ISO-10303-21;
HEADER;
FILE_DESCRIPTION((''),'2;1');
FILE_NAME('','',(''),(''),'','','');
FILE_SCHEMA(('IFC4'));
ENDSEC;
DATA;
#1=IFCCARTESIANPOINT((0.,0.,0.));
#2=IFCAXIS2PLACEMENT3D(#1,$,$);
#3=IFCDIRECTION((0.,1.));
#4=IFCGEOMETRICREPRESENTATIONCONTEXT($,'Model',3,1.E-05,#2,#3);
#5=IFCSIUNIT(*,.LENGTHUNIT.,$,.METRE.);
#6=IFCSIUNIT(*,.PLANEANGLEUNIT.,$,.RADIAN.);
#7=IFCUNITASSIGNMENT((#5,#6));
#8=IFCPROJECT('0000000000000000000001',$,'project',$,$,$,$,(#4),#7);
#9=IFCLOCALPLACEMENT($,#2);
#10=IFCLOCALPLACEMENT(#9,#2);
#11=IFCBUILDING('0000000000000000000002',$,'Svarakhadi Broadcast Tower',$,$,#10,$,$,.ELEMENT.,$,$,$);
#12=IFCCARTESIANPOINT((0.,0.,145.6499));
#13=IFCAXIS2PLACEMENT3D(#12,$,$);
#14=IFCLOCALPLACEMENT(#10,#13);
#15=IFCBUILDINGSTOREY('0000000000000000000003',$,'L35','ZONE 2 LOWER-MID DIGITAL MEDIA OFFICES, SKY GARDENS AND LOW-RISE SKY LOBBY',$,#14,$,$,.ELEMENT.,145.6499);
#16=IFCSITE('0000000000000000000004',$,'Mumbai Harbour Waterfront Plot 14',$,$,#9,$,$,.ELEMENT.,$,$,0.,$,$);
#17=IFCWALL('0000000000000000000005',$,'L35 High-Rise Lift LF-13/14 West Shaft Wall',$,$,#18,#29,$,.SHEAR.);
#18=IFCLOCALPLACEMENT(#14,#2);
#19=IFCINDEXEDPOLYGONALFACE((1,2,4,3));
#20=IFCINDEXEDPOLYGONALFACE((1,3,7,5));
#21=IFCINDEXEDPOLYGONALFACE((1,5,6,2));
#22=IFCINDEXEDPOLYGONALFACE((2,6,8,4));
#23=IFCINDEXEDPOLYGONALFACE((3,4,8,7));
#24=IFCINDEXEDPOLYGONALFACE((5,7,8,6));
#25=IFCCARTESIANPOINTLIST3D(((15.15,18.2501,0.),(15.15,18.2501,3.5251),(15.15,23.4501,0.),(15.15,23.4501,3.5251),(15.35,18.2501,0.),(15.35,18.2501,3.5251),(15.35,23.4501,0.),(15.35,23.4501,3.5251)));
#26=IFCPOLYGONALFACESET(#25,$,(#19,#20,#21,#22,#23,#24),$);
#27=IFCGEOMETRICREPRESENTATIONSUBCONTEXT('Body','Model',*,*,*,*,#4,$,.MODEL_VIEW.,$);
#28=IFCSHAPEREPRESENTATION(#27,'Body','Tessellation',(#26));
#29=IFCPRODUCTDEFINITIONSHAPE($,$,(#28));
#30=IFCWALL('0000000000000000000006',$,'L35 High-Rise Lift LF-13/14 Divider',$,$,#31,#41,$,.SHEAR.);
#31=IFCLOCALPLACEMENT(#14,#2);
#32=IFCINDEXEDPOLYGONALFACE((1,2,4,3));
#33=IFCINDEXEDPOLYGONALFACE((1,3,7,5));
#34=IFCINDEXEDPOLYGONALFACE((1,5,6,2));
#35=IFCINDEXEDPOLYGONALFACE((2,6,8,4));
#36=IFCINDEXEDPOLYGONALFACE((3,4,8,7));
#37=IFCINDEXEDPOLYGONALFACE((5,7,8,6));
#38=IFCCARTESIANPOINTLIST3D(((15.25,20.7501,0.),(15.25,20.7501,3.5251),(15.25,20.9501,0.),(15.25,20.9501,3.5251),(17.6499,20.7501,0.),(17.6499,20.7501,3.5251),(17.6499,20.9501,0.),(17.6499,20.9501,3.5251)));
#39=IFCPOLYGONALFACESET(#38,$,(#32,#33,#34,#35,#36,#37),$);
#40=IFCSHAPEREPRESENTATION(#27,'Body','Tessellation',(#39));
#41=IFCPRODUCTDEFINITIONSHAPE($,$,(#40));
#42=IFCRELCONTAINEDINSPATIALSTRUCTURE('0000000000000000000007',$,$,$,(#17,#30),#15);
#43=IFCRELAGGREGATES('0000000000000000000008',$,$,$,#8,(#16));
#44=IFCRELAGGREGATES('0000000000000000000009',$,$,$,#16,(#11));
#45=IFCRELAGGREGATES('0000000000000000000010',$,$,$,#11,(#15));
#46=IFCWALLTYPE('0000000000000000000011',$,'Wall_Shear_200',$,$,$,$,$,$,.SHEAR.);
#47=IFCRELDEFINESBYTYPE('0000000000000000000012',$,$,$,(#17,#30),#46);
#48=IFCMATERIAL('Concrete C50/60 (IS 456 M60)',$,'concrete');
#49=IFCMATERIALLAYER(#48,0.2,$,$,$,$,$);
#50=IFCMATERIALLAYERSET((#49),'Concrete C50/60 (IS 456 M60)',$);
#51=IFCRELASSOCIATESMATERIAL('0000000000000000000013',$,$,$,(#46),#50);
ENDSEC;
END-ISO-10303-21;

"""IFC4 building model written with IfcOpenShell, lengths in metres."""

from ifc_helpers import new_model, si_unit, direction, frame, frame_2d, origin, place, context, subcontext, project, spatial, rectangle, extrude, material, layer, layer_set, type_object, element, save


model = new_model("IFC4")

# Units and contexts
model_context = context("Model", 3, precision=1e-05, world=origin(), true_north=direction((0.0, 1.0)))
body_context = subcontext(model_context, "Body", "Model", "MODEL_VIEW")
ifc_project = project(units=[si_unit("LENGTHUNIT", "METRE"), si_unit("PLANEANGLEUNIT", "RADIAN")], contexts=[model_context])

# Site, building, storey
site_placement = place(None, origin())
site = spatial("IfcSite", under=ifc_project, at=site_placement, Name="Mumbai Harbour Waterfront Plot 14", CompositionType="ELEMENT", RefElevation=0.0)
building_placement = place(site_placement, origin())
building = spatial("IfcBuilding", under=site, at=building_placement, Name="Svarakhadi Broadcast Tower", CompositionType="ELEMENT")
storey_placement = place(building_placement, frame((0.0, 0.0, 145.6499)))
storey = spatial("IfcBuildingStorey", under=building, at=storey_placement, Name="L35", Description="ZONE 2 LOWER-MID DIGITAL MEDIA OFFICES, SKY GARDENS AND LOW-RISE SKY LOBBY", CompositionType="ELEMENT", Elevation=145.6499)

# Shared definitions
ifc_material_1 = material(Name="Concrete C50/60 (IS 456 M60)", Category="concrete")

# Shared definitions
ifc_layer_1 = layer(ifc_material_1, 0.2)
ifc_layer_set_1 = layer_set([ifc_layer_1], Name="Concrete C50/60 (IS 456 M60)")
wall_type_1 = type_object("IfcWallType", Name="Wall_Shear_200", PredefinedType="SHEAR", material=ifc_layer_set_1)

# Walls
wall_1_placement = place(storey_placement, frame((15.25, 18.25, 0.0), z_axis=(0.0, 0.0, 1.0), x_axis=(0.0, 1.0, 0.0)))
element("IfcWall", 1, at=wall_1_placement, inside=storey, type_object=wall_type_1, Name="L35 High-Rise Lift LF-13/14 West Shaft Wall", PredefinedType="SHEAR", context=body_context, shape_type="SweptSolid", body=[
    extrude(rectangle(XDim=5.2, YDim=0.2, at=frame_2d((2.6001, 0.0))), origin(), (0.0, 0.0, 1.0), 3.5251),
])
wall_2_placement = place(storey_placement, frame((15.25, 20.8501, 0.0), z_axis=(0.0, 0.0, 1.0), x_axis=(1.0, 0.0, 0.0)))
element("IfcWall", 2, at=wall_2_placement, inside=storey, type_object=wall_type_1, Name="L35 High-Rise Lift LF-13/14 Divider", PredefinedType="SHEAR", context=body_context, shape_type="SweptSolid", body=[
    extrude(rectangle(XDim=2.3999, YDim=0.2, at=frame_2d((1.2, 0.0))), origin(), (0.0, 0.0, 1.0), 3.5251),
])

save(model, "model.ifc")
